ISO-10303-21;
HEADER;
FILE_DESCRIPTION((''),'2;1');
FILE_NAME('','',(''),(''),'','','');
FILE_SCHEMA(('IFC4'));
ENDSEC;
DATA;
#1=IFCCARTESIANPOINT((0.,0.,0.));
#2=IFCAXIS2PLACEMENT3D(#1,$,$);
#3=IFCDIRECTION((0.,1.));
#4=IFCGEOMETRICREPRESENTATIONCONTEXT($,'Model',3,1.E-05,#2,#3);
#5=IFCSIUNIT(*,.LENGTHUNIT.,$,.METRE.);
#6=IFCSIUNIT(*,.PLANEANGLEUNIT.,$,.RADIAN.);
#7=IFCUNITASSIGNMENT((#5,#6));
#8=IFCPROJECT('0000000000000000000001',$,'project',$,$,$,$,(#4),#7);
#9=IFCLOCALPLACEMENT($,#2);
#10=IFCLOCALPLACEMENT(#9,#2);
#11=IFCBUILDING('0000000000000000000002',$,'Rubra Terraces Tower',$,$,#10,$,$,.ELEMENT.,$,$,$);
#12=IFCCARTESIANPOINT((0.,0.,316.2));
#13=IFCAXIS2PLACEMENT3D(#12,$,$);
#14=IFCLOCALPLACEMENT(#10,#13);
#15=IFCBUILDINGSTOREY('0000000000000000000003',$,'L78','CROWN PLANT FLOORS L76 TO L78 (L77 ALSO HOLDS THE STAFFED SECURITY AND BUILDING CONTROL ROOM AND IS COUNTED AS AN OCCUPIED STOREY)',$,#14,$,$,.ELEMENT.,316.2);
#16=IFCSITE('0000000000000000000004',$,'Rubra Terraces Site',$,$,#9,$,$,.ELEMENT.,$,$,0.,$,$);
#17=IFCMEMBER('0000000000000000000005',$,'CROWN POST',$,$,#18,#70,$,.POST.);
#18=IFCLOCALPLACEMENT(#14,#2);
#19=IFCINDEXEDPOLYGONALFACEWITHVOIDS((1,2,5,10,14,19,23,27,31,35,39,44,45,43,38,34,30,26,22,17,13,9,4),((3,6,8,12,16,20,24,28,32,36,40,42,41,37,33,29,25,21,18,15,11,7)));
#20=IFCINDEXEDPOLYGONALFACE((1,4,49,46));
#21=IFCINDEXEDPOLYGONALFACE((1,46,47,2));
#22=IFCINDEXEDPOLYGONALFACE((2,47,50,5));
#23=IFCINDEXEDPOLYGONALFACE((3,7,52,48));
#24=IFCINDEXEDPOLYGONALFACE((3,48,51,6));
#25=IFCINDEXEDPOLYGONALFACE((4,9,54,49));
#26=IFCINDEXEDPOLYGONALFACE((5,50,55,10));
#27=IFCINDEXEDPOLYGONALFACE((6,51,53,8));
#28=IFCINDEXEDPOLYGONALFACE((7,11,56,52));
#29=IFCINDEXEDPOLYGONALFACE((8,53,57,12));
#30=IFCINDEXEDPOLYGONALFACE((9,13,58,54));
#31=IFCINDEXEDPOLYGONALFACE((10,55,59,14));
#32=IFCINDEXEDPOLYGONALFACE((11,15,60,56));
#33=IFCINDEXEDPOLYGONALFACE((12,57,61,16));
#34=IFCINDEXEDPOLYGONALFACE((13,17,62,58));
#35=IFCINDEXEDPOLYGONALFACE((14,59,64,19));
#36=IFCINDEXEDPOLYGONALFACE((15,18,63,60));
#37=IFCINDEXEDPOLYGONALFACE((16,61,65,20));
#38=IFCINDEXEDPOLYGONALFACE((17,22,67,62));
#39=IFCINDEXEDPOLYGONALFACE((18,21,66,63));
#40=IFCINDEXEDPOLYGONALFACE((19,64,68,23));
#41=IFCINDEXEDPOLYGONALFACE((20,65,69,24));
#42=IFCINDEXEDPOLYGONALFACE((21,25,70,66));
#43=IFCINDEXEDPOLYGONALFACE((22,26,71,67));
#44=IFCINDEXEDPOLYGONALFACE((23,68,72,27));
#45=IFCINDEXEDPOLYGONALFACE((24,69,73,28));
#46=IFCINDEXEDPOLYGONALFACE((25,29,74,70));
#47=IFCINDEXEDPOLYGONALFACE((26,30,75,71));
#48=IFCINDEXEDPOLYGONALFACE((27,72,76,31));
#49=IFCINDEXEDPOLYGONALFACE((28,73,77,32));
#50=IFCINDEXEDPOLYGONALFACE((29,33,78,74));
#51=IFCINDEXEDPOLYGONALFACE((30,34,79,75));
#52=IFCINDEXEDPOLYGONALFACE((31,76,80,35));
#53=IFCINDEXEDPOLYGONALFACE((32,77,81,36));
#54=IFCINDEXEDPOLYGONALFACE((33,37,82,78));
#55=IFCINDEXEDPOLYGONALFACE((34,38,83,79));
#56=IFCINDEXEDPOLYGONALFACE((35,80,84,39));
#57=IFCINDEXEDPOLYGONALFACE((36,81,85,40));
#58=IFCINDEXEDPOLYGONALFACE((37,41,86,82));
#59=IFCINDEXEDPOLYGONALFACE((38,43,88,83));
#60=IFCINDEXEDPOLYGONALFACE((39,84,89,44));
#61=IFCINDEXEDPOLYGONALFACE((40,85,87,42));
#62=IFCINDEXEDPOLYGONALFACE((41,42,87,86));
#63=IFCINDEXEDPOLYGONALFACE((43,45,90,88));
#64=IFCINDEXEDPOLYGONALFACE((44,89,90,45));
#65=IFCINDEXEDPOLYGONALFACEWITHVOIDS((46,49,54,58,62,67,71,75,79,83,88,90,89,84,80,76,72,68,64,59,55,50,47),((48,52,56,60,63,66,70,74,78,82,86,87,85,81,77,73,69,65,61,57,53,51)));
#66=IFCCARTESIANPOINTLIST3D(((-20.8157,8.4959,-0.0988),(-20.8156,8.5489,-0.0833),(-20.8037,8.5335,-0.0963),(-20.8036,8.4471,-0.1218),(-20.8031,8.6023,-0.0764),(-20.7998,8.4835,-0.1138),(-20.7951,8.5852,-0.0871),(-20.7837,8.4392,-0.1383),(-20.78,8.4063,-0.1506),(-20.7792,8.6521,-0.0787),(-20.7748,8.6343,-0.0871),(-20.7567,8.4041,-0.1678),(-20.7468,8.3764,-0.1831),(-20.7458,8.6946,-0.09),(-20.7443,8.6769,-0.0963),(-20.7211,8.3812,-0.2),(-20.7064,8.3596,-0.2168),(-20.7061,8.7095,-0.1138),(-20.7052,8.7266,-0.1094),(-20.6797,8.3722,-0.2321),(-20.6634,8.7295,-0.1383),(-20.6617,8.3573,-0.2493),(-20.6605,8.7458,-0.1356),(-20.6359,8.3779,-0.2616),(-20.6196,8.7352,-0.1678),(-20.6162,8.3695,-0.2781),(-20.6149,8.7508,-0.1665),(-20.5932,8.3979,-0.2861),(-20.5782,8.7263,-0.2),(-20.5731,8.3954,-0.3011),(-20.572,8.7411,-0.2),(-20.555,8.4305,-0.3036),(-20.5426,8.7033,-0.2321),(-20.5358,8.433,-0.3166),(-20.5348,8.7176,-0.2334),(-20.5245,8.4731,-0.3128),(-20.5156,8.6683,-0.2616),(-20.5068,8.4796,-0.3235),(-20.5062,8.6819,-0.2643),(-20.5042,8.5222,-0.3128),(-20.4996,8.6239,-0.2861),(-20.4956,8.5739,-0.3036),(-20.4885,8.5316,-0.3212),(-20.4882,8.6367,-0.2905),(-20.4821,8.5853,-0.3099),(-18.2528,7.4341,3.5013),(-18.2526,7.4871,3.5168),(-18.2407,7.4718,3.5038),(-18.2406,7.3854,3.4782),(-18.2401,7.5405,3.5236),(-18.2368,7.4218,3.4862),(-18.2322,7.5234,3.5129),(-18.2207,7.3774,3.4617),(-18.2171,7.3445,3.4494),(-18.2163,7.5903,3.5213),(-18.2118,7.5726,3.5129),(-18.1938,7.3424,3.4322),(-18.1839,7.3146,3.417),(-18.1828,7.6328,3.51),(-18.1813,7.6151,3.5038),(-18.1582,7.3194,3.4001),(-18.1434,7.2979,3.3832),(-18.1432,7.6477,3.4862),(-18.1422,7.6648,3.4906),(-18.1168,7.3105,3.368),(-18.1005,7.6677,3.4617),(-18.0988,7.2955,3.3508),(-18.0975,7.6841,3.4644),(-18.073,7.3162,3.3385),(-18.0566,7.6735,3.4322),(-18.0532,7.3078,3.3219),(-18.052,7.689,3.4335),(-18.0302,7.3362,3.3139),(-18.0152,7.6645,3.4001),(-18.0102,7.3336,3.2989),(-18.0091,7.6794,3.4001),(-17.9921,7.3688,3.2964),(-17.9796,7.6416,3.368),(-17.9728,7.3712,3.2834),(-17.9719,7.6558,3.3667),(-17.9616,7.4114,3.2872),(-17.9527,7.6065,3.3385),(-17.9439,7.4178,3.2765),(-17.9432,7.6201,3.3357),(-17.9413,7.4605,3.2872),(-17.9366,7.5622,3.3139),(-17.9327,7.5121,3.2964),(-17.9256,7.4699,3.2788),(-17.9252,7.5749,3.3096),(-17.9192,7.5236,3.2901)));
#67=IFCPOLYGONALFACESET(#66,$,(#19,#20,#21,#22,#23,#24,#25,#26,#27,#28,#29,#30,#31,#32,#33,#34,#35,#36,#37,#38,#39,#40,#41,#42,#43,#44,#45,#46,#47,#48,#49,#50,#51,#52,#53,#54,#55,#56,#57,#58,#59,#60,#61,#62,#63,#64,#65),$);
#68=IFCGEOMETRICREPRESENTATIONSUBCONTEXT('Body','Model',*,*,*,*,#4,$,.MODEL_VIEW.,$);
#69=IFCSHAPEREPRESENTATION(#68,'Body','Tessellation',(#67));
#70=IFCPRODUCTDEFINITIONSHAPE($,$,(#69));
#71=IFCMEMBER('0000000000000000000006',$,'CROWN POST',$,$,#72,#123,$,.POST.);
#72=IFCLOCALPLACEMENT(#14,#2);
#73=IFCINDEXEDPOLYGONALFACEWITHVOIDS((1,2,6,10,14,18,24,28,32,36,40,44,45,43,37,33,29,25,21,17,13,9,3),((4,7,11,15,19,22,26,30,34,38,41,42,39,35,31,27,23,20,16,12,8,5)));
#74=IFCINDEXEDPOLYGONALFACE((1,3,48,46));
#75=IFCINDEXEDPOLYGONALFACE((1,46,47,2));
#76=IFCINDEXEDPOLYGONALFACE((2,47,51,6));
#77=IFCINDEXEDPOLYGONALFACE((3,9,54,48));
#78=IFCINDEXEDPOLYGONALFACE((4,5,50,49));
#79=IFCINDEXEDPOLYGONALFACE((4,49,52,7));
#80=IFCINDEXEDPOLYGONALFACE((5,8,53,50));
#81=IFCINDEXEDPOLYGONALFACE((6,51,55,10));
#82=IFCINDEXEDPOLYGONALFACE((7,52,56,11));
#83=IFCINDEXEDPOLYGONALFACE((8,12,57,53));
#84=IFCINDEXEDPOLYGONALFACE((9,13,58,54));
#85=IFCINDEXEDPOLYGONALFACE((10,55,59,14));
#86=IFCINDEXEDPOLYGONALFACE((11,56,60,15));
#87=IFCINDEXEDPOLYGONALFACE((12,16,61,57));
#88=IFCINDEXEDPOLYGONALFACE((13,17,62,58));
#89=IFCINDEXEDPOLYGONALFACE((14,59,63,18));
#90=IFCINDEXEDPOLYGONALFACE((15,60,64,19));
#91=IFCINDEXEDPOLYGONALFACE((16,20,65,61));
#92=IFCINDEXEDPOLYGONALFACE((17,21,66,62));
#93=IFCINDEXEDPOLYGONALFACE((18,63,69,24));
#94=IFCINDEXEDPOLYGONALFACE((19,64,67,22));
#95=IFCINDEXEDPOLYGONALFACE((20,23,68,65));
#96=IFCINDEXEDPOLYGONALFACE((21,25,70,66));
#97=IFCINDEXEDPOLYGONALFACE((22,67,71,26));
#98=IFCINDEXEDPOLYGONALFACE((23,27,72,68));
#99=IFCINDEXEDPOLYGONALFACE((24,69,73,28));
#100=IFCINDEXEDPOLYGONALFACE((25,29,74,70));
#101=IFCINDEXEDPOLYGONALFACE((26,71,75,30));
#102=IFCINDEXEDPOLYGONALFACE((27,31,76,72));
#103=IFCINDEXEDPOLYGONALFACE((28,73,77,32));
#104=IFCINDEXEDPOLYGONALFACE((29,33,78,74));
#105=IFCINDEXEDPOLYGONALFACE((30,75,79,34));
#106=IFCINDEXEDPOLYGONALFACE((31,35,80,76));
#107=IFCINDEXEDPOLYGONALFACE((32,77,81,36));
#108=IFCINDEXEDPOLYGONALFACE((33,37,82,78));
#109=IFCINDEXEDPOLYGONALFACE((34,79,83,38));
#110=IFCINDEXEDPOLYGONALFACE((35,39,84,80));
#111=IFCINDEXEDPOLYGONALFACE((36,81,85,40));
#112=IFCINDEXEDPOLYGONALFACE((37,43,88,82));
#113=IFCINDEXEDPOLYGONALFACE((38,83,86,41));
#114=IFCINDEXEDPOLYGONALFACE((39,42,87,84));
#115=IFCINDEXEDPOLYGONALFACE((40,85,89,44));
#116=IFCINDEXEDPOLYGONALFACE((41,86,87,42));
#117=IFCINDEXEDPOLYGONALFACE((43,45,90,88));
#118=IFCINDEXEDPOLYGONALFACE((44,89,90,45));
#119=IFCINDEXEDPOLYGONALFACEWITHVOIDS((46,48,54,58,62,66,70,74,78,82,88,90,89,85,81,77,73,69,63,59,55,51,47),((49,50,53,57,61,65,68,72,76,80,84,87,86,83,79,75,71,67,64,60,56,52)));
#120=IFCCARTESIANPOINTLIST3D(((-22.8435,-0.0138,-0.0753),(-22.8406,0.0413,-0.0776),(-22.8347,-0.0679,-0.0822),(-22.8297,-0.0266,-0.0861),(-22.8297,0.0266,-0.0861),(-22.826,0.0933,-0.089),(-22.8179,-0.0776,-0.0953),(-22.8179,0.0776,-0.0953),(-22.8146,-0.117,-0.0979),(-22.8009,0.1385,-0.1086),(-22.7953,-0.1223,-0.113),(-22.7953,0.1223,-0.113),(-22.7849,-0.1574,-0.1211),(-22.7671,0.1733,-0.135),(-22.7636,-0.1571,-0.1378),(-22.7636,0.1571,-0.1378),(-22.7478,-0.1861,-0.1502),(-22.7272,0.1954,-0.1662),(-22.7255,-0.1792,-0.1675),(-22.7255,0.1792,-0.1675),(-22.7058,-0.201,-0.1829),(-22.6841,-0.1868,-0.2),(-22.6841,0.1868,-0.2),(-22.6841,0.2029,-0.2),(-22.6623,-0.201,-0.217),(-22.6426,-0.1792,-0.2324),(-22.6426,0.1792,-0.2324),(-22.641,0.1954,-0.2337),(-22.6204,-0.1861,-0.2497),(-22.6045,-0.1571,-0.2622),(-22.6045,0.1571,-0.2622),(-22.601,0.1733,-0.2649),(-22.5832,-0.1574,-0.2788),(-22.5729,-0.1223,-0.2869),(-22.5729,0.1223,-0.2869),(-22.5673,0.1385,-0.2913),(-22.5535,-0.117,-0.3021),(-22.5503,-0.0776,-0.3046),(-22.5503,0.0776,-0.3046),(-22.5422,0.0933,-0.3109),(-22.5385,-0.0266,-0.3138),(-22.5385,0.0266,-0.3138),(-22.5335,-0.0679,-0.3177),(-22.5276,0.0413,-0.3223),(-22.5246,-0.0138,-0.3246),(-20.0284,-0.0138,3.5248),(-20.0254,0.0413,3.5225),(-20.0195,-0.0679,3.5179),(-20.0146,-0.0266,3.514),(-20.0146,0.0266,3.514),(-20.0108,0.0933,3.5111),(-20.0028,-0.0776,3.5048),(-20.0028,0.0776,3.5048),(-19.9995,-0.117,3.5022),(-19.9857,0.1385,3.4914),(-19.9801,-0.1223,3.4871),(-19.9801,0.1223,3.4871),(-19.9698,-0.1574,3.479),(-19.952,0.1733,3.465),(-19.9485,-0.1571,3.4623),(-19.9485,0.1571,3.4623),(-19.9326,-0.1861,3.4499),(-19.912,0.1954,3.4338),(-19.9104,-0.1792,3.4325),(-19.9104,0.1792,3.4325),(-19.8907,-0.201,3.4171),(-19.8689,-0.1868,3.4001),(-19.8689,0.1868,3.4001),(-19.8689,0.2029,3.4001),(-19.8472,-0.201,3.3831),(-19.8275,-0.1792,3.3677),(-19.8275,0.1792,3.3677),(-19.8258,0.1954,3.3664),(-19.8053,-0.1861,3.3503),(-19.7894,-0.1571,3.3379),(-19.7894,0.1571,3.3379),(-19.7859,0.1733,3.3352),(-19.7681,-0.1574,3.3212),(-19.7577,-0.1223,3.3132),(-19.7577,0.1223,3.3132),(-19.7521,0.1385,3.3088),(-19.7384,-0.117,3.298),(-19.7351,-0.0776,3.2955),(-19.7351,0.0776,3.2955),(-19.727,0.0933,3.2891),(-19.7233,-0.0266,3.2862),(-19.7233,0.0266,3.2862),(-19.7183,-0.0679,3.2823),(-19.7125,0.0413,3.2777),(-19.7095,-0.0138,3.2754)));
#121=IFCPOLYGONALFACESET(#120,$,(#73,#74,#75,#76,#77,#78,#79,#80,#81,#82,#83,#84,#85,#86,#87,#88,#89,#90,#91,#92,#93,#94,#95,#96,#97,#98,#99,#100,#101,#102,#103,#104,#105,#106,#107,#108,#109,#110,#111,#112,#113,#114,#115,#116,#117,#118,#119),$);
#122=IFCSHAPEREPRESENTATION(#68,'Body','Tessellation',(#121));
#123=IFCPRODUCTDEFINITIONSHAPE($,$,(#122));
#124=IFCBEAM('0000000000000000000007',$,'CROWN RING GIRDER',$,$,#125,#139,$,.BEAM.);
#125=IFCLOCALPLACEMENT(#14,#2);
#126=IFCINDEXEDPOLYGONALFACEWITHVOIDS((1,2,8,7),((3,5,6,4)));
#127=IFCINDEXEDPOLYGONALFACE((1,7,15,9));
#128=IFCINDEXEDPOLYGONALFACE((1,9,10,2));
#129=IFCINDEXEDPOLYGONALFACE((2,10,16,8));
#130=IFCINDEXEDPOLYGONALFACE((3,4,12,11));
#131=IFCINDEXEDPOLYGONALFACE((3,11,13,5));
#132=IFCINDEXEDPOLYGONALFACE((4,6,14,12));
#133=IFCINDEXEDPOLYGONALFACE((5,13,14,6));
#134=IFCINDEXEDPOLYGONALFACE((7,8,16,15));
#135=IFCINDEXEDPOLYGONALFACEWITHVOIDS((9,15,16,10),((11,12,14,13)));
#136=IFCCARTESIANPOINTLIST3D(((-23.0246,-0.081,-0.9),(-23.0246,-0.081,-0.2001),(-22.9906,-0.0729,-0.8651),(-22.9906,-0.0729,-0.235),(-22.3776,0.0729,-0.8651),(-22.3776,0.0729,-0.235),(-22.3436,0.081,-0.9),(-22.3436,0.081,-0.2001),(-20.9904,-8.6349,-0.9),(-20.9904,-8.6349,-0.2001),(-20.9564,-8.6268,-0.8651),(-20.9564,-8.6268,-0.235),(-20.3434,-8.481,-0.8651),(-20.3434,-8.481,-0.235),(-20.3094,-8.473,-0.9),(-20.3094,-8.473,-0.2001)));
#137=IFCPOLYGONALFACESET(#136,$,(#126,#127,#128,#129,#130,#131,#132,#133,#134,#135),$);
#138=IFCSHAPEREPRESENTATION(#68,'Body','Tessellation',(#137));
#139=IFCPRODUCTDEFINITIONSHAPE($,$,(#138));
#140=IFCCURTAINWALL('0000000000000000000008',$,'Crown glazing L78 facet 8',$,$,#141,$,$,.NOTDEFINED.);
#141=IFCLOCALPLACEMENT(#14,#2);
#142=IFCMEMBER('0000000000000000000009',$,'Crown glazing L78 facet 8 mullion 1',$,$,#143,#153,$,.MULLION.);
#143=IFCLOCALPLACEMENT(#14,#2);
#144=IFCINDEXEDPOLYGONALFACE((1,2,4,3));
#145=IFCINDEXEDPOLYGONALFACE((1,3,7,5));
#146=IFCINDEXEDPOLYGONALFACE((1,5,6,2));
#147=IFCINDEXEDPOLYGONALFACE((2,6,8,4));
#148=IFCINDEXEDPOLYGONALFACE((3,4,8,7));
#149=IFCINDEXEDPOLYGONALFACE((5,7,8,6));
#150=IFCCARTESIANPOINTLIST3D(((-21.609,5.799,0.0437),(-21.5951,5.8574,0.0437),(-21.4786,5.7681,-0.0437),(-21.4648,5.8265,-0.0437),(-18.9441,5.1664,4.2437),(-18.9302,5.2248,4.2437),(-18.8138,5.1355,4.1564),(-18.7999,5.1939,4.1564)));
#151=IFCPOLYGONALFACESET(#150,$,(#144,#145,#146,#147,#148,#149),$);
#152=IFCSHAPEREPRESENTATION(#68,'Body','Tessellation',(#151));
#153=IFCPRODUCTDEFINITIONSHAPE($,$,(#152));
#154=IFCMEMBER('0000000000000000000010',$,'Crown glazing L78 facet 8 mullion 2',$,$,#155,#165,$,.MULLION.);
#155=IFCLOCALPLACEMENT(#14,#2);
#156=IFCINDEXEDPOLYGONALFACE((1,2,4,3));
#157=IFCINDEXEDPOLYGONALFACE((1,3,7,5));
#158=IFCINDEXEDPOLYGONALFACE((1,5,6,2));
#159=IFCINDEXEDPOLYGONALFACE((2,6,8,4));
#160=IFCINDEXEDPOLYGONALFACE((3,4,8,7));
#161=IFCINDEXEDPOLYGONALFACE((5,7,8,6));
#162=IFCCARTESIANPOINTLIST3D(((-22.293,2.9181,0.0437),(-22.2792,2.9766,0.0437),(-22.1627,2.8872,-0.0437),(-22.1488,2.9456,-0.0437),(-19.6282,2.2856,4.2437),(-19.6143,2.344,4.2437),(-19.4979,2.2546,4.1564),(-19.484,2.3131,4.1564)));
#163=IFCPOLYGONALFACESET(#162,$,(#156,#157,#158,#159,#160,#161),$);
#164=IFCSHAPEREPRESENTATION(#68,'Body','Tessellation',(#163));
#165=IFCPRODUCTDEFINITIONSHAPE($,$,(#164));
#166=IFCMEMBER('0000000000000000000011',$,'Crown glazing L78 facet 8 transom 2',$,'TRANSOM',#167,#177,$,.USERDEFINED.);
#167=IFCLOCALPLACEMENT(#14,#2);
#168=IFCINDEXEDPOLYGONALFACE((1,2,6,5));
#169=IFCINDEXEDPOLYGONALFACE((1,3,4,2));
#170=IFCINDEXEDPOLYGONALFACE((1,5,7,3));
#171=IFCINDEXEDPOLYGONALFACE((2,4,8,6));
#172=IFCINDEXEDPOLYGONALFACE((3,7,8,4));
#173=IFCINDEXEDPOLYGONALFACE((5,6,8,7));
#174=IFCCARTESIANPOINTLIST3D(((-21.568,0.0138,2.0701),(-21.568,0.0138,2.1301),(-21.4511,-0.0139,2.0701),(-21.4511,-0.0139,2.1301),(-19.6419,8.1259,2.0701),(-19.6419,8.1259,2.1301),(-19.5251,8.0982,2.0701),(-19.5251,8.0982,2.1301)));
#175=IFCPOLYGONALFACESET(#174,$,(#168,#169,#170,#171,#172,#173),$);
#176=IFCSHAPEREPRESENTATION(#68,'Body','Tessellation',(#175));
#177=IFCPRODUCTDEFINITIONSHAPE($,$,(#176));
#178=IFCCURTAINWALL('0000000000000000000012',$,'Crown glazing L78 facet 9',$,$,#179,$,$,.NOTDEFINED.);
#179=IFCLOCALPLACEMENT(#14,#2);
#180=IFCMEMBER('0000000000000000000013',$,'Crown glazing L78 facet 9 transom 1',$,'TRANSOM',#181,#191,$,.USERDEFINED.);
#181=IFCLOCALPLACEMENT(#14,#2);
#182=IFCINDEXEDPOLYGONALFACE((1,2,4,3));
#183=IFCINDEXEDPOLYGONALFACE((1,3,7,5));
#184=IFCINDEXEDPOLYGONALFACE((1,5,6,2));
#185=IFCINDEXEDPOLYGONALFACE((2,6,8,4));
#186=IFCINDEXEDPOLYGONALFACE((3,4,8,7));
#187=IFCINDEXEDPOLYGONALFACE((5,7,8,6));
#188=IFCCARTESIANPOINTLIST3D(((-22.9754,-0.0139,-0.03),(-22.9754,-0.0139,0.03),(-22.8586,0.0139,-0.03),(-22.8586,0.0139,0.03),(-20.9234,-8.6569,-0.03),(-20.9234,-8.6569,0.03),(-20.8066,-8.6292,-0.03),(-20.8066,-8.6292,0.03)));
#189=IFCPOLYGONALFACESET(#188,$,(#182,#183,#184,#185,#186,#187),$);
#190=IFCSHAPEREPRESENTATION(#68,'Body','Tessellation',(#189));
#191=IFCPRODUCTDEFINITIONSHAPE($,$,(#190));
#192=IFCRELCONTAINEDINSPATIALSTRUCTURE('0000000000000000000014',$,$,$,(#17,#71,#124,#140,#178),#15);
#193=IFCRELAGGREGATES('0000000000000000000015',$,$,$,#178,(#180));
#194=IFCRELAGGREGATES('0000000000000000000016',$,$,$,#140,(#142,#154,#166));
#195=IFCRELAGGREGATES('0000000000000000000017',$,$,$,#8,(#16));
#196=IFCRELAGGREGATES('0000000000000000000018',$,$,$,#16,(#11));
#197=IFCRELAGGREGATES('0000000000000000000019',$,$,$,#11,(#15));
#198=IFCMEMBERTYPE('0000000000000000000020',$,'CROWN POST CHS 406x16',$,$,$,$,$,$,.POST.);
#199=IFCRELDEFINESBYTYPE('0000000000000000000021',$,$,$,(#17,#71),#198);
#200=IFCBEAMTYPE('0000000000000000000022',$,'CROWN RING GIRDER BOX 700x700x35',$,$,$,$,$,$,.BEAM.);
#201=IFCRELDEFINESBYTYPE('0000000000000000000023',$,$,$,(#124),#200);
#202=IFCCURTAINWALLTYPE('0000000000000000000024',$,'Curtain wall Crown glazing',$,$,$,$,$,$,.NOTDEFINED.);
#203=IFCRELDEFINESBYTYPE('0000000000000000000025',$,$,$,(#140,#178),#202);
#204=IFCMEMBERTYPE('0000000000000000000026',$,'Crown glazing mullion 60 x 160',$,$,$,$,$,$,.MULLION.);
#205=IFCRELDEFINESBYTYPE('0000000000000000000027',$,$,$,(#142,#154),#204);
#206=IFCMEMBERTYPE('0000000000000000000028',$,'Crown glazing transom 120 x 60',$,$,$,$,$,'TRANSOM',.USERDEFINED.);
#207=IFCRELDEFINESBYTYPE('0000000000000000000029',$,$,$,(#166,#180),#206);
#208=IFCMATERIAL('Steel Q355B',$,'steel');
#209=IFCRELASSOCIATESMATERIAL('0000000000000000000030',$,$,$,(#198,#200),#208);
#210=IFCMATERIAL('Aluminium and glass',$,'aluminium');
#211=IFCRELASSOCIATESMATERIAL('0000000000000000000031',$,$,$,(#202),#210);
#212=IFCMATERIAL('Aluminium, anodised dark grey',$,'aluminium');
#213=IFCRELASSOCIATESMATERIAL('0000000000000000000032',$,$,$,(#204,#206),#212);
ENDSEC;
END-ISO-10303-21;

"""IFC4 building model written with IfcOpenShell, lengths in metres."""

from ifc_helpers import new_model, si_unit, direction, frame, origin, origin_2d, place, context, subcontext, project, spatial, rectangle, hollow_rectangle, hollow_circle, extrude, material, material_profile, profile_set, type_object, element, aggregate, save


model = new_model("IFC4")

# Units and contexts
model_context = context("Model", 3, precision=1e-05, world=origin(), true_north=direction((0.0, 1.0)))
body_context = subcontext(model_context, "Body", "Model", "MODEL_VIEW")
ifc_project = project(units=[si_unit("LENGTHUNIT", "METRE"), si_unit("PLANEANGLEUNIT", "RADIAN")], contexts=[model_context])

# Site, building, storey
site_placement = place(None, origin())
site = spatial("IfcSite", under=ifc_project, at=site_placement, Name="Rubra Terraces Site", CompositionType="ELEMENT", RefElevation=0.0)
building_placement = place(site_placement, origin())
building = spatial("IfcBuilding", under=site, at=building_placement, Name="Rubra Terraces Tower", CompositionType="ELEMENT")
storey_placement = place(building_placement, frame((0.0, 0.0, 316.2)))
storey = spatial("IfcBuildingStorey", under=building, at=storey_placement, Name="L78", Description="CROWN PLANT FLOORS L76 TO L78 (L77 ALSO HOLDS THE STAFFED SECURITY AND BUILDING CONTROL ROOM AND IS COUNTED AS AN OCCUPIED STOREY)", CompositionType="ELEMENT", Elevation=316.2)

# Members
ifc_material_1 = material(Name="Steel Q355B", Category="steel")
ifc_material_profile_1 = material_profile(ifc_material_1, hollow_circle(Radius=0.2029, WallThickness=0.0161, at=origin_2d()), Name="CHS 406x16")
ifc_profile_set_1 = profile_set([ifc_material_profile_1], Name="Steel Q355B")
member_type_1 = type_object("IfcMemberType", Name="CROWN POST CHS 406x16", PredefinedType="POST", material=ifc_profile_set_1)
member_1_placement = place(storey_placement, frame((-20.6497, 8.5537, -0.2), z_axis=(0.563915, -0.233613, 0.792102), x_axis=(0.382727, 0.923861, 0.0)))
element("IfcMember", 1, at=member_1_placement, inside=storey, type_object=member_type_1, Name="CROWN POST", PredefinedType="POST", context=body_context, shape_type="SweptSolid", body=[
    extrude(hollow_circle(Radius=0.2029, WallThickness=0.0161, at=origin_2d()), origin(), (0.0, 0.0, 1.0), 4.5449),
])
member_2_placement = place(storey_placement, frame((-22.6841, 0.0, -0.2), z_axis=(0.615999, 0.0, 0.787747), x_axis=(0.0, 1.0, 0.0)))
element("IfcMember", 2, at=member_2_placement, inside=storey, type_object=member_type_1, Name="CROWN POST", PredefinedType="POST", context=body_context, shape_type="SweptSolid", body=[
    extrude(hollow_circle(Radius=0.2029, WallThickness=0.0161, at=origin_2d()), origin(), (0.0, 0.0, 1.0), 4.5701),
])

# Beam
ifc_material_profile_2 = material_profile(ifc_material_1, hollow_rectangle(XDim=0.7, YDim=0.7, WallThickness=0.0349, at=origin_2d()), Name="BOX 700x700x35")
ifc_profile_set_2 = profile_set([ifc_material_profile_2], Name="Steel Q355B")
beam_type_1 = type_object("IfcBeamType", Name="CROWN RING GIRDER BOX 700x700x35", PredefinedType="BEAM", material=ifc_profile_set_2)
beam_1_placement = place(storey_placement, frame((-22.6841, 0.0, -0.55), z_axis=(0.231354, -0.97287, 0.0), x_axis=(0.97287, 0.231354, 0.0)))
element("IfcBeam", 3, at=beam_1_placement, inside=storey, type_object=beam_type_1, Name="CROWN RING GIRDER", PredefinedType="BEAM", context=body_context, shape_type="SweptSolid", body=[
    extrude(hollow_rectangle(XDim=0.7, YDim=0.7, WallThickness=0.0349, at=origin_2d()), origin(), (0.0, 0.0, 1.0), 8.7925),
])

# Curtain walls, members
ifc_material_2 = material(Name="Aluminium and glass", Category="aluminium")
curtain_wall_type = type_object("IfcCurtainWallType", Name="Curtain wall Crown glazing", PredefinedType="NOTDEFINED", material=ifc_material_2)
curtain_wall_1_placement = place(storey_placement, origin())
curtain_wall_1 = element("IfcCurtainWall", 4, at=curtain_wall_1_placement, inside=storey, type_object=curtain_wall_type, Name="Crown glazing L78 facet 8", PredefinedType="NOTDEFINED")
ifc_material_3 = material(Name="Aluminium, anodised dark grey", Category="aluminium")
ifc_material_profile_3 = material_profile(ifc_material_3, rectangle(XDim=0.0601, YDim=0.1599, at=origin_2d()), Name="AL 60x160")
ifc_profile_set_3 = profile_set([ifc_material_profile_3], Name="Aluminium, anodised dark grey")
member_type_2 = type_object("IfcMemberType", Name="Crown glazing mullion 60 x 160", PredefinedType="MULLION", material=ifc_profile_set_3)
member_3_placement = place(storey_placement, frame((-21.5369, 5.8127, 0.0), z_axis=(0.531464, -0.126159, 0.837634), x_axis=(0.230962, 0.972963, 0.0)))
member_3 = element("IfcMember", 5, at=member_3_placement, type_object=member_type_2, Name="Crown glazing L78 facet 8 mullion 1", PredefinedType="MULLION", context=body_context, shape_type="SweptSolid", body=[
    extrude(rectangle(XDim=0.0601, YDim=0.1599, at=origin_2d()), origin(), (0.0, 0.0, 1.0), 5.0142),
])
member_4_placement = place(storey_placement, frame((-22.2209, 2.9319, 0.0), z_axis=(0.531464, -0.126159, 0.837634), x_axis=(0.230962, 0.972963, 0.0)))
member_4 = element("IfcMember", 6, at=member_4_placement, type_object=member_type_2, Name="Crown glazing L78 facet 8 mullion 2", PredefinedType="MULLION", context=body_context, shape_type="SweptSolid", body=[
    extrude(rectangle(XDim=0.0601, YDim=0.1599, at=origin_2d()), origin(), (0.0, 0.0, 1.0), 5.0142),
])
ifc_material_profile_4 = material_profile(ifc_material_3, rectangle(XDim=0.1201, YDim=0.0601, at=origin_2d()), Name="AL 120x60")
ifc_profile_set_4 = profile_set([ifc_material_profile_4], Name="Aluminium, anodised dark grey")
member_type_3 = type_object("IfcMemberType", Name="Crown glazing transom 120 x 60", ElementType="TRANSOM", PredefinedType="USERDEFINED", material=ifc_profile_set_4)
member_5_placement = place(storey_placement, frame((-19.5835, 8.1121, 2.1001), z_axis=(-0.231006, -0.972952, 0.0), x_axis=(0.972952, -0.231006, 0.0)))
member_5 = element("IfcMember", 7, at=member_5_placement, type_object=member_type_3, Name="Crown glazing L78 facet 8 transom 2", ObjectType="TRANSOM", PredefinedType="USERDEFINED", context=body_context, shape_type="SweptSolid", body=[
    extrude(rectangle(XDim=0.1201, YDim=0.0601, at=origin_2d()), origin(), (0.0, 0.0, 1.0), 8.3376),
])
curtain_wall_2_placement = place(storey_placement, origin())
curtain_wall_2 = element("IfcCurtainWall", 8, at=curtain_wall_2_placement, inside=storey, type_object=curtain_wall_type, Name="Crown glazing L78 facet 9", PredefinedType="NOTDEFINED")
member_6_placement = place(storey_placement, frame((-22.917, 0.0, 0.0), z_axis=(0.230995, -0.972955, 0.0), x_axis=(0.972955, 0.230995, 0.0)))
member_6 = element("IfcMember", 9, at=member_6_placement, type_object=member_type_3, Name="Crown glazing L78 facet 9 transom 1", ObjectType="TRANSOM", PredefinedType="USERDEFINED", context=body_context, shape_type="SweptSolid", body=[
    extrude(rectangle(XDim=0.1201, YDim=0.0601, at=origin_2d()), origin(), (0.0, 0.0, 1.0), 8.8833),
])
aggregate(curtain_wall_2, [member_6])

aggregate(curtain_wall_1, [member_3, member_4, member_5])

save(model, "model.ifc")
